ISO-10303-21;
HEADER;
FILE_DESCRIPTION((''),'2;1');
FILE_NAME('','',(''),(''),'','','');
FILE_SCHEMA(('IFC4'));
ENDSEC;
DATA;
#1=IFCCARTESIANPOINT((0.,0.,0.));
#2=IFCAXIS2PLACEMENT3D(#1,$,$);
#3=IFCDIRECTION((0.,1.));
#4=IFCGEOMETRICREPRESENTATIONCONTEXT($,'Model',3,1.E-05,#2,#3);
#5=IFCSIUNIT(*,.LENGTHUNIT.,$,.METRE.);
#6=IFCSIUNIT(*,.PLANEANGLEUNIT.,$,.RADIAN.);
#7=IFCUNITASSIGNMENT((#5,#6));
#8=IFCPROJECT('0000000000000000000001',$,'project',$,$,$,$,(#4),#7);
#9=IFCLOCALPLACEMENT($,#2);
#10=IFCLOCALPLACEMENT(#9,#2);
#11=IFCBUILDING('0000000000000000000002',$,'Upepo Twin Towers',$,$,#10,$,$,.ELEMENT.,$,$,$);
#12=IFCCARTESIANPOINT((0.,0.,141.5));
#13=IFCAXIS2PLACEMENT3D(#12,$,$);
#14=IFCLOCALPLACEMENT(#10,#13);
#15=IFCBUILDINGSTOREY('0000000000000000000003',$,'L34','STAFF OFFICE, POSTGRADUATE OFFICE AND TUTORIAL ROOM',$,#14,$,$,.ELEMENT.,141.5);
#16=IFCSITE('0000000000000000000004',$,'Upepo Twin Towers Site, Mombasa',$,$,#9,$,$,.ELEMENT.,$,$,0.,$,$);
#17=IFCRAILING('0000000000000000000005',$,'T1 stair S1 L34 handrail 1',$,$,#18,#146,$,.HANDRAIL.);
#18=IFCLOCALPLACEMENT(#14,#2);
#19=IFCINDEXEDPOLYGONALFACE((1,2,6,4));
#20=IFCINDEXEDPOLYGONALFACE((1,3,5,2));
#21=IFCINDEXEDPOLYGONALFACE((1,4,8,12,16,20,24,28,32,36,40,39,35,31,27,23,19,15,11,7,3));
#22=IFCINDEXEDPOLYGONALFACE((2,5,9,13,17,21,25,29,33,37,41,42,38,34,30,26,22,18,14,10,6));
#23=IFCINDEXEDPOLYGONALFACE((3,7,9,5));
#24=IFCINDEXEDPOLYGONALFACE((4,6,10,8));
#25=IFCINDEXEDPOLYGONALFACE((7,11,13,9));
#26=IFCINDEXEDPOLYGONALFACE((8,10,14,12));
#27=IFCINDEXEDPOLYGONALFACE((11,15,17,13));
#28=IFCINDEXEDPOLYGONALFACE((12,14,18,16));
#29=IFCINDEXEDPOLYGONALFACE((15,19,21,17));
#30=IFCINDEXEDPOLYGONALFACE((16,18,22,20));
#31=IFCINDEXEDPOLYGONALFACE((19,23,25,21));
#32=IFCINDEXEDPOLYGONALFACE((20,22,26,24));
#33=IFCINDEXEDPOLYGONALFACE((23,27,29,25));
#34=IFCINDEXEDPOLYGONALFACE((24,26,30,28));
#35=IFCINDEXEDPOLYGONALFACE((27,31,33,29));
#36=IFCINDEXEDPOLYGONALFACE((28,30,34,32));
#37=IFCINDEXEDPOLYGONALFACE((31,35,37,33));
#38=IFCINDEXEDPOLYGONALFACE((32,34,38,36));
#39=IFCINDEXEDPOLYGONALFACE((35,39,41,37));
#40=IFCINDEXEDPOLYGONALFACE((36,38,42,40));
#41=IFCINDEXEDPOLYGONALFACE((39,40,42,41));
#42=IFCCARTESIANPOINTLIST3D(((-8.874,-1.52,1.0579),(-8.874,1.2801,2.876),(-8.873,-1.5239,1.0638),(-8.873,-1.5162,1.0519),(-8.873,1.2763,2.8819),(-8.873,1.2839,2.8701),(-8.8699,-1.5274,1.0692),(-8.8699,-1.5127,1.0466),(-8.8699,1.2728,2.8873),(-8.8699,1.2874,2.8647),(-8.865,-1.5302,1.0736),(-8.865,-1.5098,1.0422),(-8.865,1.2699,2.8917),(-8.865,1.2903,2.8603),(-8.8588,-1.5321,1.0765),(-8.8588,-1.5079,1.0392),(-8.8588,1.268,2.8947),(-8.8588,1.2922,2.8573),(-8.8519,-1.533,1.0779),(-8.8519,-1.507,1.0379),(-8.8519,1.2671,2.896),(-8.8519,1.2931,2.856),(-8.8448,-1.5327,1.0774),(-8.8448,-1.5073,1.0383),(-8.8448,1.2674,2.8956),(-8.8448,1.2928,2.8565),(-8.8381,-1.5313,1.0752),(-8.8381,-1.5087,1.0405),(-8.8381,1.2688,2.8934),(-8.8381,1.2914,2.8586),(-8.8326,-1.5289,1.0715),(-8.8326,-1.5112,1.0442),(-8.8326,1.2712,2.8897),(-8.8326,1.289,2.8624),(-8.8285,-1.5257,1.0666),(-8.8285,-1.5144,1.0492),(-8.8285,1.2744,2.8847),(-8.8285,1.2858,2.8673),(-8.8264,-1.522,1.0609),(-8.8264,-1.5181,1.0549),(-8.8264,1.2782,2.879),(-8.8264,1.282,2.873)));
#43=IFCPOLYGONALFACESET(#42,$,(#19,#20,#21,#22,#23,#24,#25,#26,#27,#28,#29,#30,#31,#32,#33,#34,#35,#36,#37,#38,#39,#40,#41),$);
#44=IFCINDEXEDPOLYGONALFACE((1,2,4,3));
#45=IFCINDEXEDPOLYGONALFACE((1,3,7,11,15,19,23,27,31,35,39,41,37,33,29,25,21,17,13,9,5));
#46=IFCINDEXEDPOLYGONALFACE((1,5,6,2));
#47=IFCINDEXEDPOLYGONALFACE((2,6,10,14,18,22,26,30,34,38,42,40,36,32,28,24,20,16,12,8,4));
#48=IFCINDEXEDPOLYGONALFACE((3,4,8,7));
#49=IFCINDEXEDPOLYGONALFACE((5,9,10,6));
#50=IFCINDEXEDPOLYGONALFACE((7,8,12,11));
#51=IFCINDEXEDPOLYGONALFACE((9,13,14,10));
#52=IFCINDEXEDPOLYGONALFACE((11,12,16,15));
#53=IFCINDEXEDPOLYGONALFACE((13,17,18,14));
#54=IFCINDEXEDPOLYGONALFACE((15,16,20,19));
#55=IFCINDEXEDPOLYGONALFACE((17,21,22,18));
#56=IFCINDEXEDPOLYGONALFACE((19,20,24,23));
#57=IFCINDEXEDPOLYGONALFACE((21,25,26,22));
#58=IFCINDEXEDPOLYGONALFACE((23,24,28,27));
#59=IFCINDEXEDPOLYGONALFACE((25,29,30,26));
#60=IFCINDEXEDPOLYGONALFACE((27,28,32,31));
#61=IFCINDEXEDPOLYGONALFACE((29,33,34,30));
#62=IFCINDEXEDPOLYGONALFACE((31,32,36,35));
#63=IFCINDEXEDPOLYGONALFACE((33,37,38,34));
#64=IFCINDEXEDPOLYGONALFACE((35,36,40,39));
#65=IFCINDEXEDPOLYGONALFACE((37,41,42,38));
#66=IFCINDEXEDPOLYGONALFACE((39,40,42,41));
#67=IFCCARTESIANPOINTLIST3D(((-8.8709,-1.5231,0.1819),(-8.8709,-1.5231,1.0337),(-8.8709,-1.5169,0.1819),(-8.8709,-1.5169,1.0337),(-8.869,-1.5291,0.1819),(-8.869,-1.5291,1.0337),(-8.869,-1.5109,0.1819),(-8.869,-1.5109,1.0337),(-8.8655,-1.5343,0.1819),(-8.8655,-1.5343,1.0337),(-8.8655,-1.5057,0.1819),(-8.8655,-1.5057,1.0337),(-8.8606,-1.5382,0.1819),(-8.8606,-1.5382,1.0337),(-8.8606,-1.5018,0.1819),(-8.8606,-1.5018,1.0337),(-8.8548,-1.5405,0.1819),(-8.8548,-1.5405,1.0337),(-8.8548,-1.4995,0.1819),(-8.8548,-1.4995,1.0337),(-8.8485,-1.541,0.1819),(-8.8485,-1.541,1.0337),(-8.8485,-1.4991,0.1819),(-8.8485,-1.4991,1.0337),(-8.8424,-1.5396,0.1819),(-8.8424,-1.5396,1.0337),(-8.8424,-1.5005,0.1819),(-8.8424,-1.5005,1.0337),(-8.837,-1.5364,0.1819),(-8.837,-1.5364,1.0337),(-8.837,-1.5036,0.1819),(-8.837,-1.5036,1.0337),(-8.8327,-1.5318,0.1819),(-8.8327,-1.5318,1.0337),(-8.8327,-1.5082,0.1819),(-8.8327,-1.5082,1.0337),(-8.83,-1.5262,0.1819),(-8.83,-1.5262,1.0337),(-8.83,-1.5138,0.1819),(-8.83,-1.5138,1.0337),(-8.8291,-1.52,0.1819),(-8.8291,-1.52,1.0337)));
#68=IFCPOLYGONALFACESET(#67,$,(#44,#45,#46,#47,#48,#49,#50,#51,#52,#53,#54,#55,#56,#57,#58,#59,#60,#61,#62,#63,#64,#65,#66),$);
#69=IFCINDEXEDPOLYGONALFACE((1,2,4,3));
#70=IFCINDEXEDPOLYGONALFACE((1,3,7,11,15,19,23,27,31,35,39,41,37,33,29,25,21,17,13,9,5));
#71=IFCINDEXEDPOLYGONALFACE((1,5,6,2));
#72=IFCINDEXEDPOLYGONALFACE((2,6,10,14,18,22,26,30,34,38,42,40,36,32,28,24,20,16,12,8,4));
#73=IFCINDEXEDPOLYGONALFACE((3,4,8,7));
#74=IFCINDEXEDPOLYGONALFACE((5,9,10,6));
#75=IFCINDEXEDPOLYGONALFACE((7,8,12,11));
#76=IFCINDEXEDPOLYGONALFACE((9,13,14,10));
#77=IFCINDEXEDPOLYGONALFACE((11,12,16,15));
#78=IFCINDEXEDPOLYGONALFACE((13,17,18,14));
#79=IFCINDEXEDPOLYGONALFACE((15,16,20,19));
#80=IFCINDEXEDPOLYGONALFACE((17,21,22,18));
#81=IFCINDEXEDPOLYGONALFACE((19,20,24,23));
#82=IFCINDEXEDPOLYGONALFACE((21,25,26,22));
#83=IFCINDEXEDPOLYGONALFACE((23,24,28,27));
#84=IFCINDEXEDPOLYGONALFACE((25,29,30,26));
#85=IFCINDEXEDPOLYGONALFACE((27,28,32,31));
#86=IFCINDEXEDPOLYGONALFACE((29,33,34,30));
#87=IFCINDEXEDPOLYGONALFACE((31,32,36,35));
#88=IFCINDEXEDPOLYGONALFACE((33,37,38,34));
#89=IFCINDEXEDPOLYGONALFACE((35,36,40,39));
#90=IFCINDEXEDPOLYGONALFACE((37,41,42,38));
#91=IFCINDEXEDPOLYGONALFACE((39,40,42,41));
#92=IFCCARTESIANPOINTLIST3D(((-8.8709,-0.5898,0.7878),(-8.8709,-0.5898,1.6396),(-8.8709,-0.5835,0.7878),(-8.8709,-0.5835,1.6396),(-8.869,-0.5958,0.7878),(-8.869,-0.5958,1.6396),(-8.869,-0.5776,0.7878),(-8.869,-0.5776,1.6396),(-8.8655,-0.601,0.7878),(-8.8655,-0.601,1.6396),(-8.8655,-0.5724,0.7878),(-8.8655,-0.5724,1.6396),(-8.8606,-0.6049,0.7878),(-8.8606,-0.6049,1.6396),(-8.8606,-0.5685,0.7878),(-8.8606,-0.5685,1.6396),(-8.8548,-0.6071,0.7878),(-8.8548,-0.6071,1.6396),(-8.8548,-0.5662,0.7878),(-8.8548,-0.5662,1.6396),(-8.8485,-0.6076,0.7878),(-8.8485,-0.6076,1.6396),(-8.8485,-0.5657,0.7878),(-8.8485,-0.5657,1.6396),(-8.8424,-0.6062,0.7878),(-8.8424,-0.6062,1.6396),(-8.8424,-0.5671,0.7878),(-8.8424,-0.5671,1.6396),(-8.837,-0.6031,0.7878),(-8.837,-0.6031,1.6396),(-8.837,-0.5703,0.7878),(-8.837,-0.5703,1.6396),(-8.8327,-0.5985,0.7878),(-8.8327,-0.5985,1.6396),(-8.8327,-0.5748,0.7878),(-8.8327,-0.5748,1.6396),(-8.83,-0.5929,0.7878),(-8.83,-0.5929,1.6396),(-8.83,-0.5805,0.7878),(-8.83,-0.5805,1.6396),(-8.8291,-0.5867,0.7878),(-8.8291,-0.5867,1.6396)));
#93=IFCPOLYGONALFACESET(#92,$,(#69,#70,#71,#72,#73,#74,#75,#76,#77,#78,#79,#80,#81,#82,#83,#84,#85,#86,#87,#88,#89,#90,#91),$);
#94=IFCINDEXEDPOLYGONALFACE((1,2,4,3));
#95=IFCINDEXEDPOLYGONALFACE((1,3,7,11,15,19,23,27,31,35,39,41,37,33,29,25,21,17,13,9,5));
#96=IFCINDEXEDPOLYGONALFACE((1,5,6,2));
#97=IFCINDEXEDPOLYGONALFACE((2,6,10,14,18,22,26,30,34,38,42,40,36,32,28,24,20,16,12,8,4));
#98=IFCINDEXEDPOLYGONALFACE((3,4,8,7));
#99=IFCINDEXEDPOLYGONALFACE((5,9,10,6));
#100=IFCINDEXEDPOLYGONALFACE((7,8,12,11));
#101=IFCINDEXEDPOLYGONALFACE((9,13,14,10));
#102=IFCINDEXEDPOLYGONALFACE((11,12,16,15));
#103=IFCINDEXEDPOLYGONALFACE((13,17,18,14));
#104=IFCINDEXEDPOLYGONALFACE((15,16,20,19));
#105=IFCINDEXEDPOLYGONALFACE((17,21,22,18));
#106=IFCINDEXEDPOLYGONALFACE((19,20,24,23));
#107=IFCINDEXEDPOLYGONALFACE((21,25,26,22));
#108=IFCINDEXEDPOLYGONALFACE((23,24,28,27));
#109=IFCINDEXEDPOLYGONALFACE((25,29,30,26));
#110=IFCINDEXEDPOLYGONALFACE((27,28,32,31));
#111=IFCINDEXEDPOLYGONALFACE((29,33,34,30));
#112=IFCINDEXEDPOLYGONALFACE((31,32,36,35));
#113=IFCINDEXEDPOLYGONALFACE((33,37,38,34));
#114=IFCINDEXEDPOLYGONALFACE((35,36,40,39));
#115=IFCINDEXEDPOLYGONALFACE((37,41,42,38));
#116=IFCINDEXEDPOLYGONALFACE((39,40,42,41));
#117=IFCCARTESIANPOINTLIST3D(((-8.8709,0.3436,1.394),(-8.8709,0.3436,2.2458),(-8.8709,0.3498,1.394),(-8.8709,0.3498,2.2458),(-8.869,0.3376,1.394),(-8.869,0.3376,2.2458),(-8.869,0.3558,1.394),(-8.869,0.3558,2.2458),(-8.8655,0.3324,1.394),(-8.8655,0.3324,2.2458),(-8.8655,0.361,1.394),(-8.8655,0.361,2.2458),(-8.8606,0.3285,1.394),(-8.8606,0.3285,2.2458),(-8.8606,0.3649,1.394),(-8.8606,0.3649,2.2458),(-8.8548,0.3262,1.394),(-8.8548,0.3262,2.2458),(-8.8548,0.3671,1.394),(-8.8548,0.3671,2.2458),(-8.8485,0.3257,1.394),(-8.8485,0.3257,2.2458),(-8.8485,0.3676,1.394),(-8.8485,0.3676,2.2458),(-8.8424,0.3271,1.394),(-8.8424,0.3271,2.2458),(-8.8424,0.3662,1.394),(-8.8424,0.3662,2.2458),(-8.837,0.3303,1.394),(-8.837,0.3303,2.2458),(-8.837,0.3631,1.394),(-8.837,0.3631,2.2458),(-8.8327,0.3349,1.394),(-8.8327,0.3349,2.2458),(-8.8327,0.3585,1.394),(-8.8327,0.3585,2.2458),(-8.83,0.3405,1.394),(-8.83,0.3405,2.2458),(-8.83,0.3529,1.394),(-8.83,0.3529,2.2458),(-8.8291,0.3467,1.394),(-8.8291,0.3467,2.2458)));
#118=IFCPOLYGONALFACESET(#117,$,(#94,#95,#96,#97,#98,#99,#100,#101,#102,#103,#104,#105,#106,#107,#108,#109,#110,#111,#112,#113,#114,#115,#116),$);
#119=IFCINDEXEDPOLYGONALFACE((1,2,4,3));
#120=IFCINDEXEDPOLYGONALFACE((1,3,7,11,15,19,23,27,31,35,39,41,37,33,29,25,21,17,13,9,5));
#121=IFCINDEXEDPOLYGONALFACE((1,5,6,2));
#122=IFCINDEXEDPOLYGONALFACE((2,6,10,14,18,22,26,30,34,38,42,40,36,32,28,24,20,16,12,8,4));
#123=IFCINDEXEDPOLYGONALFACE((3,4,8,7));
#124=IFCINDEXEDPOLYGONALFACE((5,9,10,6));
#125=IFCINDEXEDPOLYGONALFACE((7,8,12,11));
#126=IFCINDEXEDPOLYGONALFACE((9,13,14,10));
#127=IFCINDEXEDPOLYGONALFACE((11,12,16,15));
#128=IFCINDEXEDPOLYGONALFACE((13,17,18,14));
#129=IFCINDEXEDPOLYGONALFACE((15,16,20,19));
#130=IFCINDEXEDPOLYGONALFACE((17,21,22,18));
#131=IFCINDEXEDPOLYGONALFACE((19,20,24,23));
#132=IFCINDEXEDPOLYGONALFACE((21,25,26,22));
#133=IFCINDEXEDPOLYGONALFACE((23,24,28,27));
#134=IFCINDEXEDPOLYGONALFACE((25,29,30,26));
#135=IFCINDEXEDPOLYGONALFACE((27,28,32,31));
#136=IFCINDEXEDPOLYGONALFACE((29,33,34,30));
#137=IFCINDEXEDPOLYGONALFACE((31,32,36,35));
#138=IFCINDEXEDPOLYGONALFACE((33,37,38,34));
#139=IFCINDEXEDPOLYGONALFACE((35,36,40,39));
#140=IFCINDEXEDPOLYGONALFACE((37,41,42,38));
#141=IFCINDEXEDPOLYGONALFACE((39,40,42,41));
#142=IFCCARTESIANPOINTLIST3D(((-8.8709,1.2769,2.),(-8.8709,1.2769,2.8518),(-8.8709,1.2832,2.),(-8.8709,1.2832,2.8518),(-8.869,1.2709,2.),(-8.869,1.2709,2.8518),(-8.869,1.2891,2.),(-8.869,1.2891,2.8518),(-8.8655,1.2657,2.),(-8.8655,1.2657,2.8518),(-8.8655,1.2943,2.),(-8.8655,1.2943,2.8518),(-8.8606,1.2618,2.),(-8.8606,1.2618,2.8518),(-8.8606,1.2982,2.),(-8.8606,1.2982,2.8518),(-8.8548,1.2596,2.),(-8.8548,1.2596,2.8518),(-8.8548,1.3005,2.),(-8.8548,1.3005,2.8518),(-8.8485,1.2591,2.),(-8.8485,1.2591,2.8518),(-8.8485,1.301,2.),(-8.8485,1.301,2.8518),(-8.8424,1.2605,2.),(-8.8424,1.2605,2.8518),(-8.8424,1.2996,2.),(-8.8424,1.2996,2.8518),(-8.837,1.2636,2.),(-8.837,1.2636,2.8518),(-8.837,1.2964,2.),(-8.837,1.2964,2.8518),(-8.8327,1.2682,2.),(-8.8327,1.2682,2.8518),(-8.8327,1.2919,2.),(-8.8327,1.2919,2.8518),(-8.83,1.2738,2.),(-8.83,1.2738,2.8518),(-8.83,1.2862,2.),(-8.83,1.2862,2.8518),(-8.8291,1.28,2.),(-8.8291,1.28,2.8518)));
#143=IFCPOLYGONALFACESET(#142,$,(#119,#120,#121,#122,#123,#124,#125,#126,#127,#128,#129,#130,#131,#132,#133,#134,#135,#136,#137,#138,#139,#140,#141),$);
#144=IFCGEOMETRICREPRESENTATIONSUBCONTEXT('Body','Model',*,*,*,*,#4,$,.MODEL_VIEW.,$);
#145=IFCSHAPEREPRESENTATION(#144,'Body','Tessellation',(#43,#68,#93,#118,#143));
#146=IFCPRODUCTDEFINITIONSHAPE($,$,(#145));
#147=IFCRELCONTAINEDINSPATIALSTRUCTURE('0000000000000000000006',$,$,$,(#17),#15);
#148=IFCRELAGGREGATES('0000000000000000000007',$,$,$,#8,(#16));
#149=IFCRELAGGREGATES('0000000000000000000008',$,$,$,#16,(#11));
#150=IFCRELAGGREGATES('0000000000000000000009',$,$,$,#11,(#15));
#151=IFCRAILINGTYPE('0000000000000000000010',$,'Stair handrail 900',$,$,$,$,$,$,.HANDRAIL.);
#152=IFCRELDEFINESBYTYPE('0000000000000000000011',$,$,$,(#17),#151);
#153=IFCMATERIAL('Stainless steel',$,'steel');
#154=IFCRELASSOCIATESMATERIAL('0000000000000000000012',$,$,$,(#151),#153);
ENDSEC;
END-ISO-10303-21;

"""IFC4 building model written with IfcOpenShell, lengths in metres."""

from ifc_helpers import new_model, si_unit, direction, frame, origin, origin_2d, place, context, subcontext, project, spatial, circle, extrude, material, type_object, element, save


model = new_model("IFC4")

# Units and contexts
model_context = context("Model", 3, precision=1e-05, world=origin(), true_north=direction((0.0, 1.0)))
body_context = subcontext(model_context, "Body", "Model", "MODEL_VIEW")
ifc_project = project(units=[si_unit("LENGTHUNIT", "METRE"), si_unit("PLANEANGLEUNIT", "RADIAN")], contexts=[model_context])

# Site, building, storey
site_placement = place(None, origin())
site = spatial("IfcSite", under=ifc_project, at=site_placement, Name="Upepo Twin Towers Site, Mombasa", CompositionType="ELEMENT", RefElevation=0.0)
building_placement = place(site_placement, origin())
building = spatial("IfcBuilding", under=site, at=building_placement, Name="Upepo Twin Towers", CompositionType="ELEMENT")
storey_placement = place(building_placement, frame((0.0, 0.0, 141.5)))
storey = spatial("IfcBuildingStorey", under=building, at=storey_placement, Name="L34", Description="STAFF OFFICE, POSTGRADUATE OFFICE AND TUTORIAL ROOM", CompositionType="ELEMENT", Elevation=141.5)

# Railing
ifc_material_1 = material(Name="Stainless steel", Category="steel")
railing_type = type_object("IfcRailingType", Name="Stair handrail 900", PredefinedType="HANDRAIL", material=ifc_material_1)
railing_1_placement = place(storey_placement, frame((-8.8501, -1.52, 0.1819)))
element("IfcRailing", 1, at=railing_1_placement, inside=storey, type_object=railing_type, Name="T1 stair S1 L34 handrail 1", PredefinedType="HANDRAIL", context=body_context, shape_type="SweptSolid", body=[
    extrude(circle(Radius=0.0239, at=origin_2d()), frame((0.0, 0.0, 0.876), z_axis=(0.0, 0.838706, 0.544585), x_axis=(-1.0, 0.0, 0.0)), (0.0, 0.0, 1.0), 3.3386),
    extrude(circle(Radius=0.021, at=origin_2d()), origin(), (0.0, 0.0, 1.0), 0.8518),
    extrude(circle(Radius=0.021, at=origin_2d()), frame((0.0, 0.9333, 0.606)), (0.0, 0.0, 1.0), 0.8518),
    extrude(circle(Radius=0.021, at=origin_2d()), frame((0.0, 1.8667, 1.2122)), (0.0, 0.0, 1.0), 0.8518),
    extrude(circle(Radius=0.021, at=origin_2d()), frame((0.0, 2.8, 1.8181)), (0.0, 0.0, 1.0), 0.8518),
])

save(model, "model.ifc")
